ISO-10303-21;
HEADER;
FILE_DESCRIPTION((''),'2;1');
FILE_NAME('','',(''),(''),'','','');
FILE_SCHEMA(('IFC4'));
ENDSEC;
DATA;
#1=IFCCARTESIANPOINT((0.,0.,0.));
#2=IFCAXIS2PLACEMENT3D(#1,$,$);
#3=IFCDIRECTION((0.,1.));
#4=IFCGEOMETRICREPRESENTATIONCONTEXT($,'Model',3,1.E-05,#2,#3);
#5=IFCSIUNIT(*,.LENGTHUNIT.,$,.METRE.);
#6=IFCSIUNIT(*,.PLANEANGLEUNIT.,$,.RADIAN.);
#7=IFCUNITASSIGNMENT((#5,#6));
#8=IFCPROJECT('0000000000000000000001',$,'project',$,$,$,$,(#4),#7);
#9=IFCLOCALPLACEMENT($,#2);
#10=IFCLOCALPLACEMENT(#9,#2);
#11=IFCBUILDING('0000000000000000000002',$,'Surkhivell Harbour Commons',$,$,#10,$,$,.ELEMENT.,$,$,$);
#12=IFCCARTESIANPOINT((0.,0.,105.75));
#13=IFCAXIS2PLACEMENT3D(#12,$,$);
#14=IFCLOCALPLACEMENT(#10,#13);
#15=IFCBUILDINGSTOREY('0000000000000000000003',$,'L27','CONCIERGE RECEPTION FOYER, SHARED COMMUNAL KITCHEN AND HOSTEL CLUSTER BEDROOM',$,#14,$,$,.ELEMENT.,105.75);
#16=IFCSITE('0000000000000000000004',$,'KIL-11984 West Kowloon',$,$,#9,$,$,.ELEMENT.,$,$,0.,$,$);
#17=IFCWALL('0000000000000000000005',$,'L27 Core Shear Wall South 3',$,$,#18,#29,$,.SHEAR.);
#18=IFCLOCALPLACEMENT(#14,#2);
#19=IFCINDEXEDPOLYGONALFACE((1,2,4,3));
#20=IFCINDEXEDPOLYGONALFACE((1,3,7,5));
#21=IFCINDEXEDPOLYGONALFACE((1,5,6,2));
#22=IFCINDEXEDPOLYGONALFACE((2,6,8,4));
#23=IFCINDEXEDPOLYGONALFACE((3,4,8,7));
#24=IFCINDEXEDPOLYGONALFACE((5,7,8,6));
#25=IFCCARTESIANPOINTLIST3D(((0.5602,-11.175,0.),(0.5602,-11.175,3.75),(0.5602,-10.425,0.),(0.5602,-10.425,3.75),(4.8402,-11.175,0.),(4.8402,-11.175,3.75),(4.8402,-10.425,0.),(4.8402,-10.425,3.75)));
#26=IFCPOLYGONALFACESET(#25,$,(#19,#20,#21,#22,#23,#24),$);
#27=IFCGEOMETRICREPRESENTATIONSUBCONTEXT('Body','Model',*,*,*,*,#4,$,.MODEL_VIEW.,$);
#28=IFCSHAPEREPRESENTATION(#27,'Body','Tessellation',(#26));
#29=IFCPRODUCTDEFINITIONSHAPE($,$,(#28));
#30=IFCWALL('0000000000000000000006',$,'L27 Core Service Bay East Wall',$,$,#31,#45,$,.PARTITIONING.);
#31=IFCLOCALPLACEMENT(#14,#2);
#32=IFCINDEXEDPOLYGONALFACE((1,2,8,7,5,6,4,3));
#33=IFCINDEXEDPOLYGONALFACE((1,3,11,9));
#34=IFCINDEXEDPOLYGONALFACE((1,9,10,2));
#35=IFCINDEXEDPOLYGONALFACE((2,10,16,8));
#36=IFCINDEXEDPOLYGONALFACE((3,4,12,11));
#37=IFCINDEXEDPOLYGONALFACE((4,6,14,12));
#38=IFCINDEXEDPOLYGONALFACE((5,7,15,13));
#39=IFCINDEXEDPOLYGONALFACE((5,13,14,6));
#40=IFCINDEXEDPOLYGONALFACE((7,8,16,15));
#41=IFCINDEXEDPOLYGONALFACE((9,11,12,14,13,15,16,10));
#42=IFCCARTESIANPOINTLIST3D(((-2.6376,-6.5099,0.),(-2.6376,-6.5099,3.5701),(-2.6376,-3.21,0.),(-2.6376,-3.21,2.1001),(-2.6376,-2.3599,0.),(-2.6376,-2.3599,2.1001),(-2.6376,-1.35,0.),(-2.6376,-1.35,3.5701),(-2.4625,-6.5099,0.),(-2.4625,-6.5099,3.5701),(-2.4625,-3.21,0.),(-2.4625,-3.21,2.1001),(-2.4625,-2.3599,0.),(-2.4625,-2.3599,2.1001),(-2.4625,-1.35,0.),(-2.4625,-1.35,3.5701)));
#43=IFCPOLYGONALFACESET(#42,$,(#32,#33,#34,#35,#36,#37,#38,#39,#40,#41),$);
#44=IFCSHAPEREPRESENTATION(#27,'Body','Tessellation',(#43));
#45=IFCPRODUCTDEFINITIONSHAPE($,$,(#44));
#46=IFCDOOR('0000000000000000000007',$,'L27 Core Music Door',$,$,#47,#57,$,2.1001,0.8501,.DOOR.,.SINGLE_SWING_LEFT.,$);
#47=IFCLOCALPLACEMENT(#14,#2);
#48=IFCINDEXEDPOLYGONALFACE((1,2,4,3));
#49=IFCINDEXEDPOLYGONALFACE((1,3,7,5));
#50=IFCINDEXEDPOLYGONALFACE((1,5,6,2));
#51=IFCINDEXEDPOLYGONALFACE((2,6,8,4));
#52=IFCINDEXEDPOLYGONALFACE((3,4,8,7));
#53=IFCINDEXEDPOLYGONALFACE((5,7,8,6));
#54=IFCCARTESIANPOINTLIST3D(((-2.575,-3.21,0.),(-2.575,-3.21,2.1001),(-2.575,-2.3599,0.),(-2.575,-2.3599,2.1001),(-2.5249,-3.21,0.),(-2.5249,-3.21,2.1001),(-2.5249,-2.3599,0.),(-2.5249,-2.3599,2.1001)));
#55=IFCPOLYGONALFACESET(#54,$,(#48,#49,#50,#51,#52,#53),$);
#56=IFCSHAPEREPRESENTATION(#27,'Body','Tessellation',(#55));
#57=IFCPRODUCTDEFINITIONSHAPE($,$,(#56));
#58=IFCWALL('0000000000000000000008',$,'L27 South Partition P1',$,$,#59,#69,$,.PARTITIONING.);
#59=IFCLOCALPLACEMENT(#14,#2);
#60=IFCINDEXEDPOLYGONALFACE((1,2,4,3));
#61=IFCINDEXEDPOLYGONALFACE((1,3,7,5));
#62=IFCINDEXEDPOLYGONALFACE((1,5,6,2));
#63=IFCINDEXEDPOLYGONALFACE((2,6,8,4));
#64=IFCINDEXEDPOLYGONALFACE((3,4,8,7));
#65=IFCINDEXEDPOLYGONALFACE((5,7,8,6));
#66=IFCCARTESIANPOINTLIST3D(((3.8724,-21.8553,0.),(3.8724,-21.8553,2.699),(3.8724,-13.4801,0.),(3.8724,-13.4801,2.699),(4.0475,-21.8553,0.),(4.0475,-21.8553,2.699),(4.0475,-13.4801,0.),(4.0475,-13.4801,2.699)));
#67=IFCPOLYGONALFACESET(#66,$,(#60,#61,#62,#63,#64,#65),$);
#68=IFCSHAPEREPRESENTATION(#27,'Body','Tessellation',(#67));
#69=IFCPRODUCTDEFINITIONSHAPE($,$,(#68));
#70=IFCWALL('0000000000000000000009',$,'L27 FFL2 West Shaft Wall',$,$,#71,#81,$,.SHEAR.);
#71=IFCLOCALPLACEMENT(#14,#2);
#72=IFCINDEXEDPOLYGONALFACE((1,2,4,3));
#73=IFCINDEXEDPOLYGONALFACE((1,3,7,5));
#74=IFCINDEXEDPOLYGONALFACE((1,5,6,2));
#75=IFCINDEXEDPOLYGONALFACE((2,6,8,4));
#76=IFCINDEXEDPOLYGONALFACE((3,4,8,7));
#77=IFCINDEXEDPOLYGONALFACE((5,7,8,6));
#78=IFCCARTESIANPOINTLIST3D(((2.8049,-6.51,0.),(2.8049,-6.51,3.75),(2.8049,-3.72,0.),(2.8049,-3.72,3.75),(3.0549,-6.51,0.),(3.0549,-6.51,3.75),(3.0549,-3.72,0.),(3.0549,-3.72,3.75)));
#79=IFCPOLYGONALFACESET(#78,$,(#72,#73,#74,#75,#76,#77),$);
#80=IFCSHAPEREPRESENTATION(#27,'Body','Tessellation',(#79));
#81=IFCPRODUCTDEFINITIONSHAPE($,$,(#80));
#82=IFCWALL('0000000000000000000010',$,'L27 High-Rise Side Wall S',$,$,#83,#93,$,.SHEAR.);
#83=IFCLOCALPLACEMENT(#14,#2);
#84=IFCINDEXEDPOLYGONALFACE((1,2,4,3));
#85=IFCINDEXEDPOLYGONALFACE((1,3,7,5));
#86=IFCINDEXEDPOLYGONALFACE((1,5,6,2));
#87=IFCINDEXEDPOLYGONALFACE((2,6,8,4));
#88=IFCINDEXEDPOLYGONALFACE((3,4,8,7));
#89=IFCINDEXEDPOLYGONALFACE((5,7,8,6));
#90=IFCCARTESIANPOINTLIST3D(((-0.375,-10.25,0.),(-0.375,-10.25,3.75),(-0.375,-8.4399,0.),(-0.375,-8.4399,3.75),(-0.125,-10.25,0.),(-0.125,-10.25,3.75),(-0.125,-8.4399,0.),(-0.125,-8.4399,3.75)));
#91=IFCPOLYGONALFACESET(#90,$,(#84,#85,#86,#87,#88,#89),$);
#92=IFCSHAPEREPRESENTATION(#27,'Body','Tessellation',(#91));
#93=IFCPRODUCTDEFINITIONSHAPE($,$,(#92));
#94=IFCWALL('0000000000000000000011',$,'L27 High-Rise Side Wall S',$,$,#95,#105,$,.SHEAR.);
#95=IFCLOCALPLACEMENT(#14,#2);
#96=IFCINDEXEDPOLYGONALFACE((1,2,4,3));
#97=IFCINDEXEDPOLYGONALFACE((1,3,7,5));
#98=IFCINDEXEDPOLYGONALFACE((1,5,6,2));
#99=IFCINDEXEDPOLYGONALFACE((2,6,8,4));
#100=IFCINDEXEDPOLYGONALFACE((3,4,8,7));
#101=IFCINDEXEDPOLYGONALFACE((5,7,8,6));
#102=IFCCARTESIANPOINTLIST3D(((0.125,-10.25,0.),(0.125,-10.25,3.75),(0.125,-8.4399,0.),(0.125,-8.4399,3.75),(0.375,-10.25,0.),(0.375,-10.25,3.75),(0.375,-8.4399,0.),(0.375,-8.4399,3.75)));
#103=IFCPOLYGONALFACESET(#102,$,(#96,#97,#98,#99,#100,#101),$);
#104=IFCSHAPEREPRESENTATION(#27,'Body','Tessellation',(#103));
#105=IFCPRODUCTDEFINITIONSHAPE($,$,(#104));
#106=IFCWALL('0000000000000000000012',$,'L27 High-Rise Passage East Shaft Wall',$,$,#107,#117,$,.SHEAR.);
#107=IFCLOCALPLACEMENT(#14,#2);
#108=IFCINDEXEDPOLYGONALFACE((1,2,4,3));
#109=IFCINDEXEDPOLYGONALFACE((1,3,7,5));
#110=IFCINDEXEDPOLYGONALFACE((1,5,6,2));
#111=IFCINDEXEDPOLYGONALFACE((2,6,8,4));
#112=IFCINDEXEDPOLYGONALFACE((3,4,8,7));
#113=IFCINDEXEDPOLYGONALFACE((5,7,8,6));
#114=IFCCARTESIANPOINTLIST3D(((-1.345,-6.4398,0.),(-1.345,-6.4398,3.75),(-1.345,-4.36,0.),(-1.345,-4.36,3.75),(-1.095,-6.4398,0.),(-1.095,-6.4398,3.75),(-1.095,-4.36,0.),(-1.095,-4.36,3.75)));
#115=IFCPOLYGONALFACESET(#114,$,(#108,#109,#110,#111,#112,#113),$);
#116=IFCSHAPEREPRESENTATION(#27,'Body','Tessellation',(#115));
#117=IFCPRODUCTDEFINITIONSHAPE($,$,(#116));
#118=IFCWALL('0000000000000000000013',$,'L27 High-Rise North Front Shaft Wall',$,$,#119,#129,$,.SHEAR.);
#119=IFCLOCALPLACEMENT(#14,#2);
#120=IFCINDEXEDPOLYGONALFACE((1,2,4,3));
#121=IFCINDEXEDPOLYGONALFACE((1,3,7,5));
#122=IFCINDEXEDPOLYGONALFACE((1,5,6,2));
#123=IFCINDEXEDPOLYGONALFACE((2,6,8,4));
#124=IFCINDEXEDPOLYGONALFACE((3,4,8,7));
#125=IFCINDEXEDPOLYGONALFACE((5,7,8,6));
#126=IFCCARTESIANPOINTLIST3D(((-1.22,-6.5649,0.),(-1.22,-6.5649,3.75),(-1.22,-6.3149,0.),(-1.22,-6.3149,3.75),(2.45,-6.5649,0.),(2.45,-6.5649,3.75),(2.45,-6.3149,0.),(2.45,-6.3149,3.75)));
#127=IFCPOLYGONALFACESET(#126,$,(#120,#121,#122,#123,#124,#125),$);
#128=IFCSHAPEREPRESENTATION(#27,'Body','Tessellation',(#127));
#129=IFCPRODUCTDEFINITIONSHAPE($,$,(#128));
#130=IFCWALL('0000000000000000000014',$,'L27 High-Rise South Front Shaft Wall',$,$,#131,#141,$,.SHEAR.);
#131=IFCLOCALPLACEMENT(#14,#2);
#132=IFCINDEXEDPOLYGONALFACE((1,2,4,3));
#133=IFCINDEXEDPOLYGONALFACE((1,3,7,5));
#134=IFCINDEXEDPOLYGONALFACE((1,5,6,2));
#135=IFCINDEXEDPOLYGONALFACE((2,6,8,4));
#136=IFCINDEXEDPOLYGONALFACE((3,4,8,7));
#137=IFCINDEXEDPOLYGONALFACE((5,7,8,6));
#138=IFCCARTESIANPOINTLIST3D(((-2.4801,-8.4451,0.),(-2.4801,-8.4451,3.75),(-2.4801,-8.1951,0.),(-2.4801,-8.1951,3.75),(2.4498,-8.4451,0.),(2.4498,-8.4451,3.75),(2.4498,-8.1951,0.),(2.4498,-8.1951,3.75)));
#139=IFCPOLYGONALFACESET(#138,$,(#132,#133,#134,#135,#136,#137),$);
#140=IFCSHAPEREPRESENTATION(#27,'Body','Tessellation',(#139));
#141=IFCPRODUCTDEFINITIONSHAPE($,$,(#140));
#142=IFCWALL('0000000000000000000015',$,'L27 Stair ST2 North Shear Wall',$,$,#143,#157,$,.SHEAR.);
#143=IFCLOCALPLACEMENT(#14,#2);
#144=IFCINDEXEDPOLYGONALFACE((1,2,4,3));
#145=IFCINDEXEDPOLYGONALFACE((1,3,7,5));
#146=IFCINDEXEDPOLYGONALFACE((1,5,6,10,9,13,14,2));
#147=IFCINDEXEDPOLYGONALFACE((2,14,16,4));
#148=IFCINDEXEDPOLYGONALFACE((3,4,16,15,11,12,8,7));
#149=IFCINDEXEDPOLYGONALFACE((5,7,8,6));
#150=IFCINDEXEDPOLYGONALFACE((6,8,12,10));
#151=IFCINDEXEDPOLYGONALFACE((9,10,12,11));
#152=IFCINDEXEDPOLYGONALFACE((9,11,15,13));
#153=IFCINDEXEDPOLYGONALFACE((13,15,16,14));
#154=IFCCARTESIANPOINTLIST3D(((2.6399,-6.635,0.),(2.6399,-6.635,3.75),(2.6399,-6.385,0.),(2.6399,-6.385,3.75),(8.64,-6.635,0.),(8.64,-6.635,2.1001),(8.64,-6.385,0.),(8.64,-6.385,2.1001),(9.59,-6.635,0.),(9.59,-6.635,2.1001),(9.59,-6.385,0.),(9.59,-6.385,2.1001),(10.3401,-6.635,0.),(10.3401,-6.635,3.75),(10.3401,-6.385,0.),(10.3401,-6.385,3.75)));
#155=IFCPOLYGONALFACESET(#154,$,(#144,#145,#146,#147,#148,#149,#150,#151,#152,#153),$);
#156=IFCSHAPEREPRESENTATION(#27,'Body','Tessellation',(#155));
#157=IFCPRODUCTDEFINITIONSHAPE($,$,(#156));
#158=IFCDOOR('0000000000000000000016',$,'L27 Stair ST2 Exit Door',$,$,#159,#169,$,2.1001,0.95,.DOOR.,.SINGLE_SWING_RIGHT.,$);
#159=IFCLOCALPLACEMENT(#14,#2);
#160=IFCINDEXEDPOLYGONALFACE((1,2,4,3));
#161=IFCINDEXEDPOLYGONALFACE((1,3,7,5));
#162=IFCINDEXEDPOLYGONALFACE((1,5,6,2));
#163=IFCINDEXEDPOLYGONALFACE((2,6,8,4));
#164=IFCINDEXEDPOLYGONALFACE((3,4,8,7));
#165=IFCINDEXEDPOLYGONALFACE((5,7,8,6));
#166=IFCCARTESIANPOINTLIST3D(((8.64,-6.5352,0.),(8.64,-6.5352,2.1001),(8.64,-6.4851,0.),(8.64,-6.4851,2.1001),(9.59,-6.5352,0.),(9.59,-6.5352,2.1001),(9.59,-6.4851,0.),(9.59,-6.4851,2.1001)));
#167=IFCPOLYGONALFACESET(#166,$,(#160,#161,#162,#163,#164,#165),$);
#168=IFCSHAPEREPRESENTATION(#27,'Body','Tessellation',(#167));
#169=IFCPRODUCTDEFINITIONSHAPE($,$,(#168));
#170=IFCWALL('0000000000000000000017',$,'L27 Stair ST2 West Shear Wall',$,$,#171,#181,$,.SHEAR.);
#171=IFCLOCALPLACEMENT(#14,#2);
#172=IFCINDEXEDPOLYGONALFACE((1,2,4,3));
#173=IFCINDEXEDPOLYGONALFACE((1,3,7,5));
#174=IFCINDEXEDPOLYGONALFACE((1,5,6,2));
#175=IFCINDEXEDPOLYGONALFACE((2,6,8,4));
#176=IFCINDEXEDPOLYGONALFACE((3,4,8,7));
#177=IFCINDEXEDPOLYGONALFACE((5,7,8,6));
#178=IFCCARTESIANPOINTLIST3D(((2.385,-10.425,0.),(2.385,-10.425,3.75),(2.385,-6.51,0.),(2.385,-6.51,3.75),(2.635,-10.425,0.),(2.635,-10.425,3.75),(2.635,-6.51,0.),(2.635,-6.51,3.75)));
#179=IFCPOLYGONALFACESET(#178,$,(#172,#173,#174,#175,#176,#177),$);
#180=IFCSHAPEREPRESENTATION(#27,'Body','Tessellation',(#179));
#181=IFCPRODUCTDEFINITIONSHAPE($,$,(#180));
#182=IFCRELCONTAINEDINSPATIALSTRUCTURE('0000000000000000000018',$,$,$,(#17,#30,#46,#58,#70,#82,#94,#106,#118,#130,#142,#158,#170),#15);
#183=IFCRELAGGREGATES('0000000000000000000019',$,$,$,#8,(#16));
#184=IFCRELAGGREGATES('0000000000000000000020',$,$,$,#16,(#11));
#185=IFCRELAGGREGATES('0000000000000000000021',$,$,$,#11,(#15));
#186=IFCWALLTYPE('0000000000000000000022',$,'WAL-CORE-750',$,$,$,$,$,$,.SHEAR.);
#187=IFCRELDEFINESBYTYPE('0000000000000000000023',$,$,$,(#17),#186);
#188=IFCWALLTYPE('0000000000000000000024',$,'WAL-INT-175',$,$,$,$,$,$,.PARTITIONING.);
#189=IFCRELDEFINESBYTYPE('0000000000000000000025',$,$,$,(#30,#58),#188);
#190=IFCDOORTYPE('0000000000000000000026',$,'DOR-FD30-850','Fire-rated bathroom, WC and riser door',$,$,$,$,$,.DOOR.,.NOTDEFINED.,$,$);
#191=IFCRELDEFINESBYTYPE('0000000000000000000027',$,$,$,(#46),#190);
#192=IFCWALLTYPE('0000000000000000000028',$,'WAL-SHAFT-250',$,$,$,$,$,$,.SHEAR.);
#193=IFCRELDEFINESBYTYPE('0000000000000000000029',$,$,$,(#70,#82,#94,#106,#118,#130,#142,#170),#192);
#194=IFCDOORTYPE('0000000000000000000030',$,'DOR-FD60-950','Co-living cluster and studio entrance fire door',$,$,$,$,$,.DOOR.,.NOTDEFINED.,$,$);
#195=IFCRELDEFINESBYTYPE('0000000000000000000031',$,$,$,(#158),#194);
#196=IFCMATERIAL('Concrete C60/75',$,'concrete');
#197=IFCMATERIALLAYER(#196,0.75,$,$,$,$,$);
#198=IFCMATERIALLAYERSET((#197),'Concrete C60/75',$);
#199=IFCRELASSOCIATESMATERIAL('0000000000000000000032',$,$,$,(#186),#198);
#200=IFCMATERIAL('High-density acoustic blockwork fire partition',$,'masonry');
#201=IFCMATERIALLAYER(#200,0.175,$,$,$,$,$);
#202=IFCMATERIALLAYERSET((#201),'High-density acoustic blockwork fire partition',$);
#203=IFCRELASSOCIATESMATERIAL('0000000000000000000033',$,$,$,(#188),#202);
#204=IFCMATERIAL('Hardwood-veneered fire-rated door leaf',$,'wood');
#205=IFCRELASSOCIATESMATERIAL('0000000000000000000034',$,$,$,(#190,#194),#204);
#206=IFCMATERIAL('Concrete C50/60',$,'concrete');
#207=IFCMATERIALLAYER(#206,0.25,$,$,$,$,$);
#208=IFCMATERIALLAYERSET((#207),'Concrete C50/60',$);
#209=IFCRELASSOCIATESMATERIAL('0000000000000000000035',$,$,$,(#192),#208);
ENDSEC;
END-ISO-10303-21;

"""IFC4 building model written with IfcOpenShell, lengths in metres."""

from ifc_helpers import new_model, si_unit, direction, frame, frame_2d, origin, place, context, subcontext, project, spatial, rectangle, extrude, material, layer, layer_set, type_object, element, fill, save


model = new_model("IFC4")

# Units and contexts
model_context = context("Model", 3, precision=1e-05, world=origin(), true_north=direction((0.0, 1.0)))
body_context = subcontext(model_context, "Body", "Model", "MODEL_VIEW")
ifc_project = project(units=[si_unit("LENGTHUNIT", "METRE"), si_unit("PLANEANGLEUNIT", "RADIAN")], contexts=[model_context])

# Site, building, storey
site_placement = place(None, origin())
site = spatial("IfcSite", under=ifc_project, at=site_placement, Name="KIL-11984 West Kowloon", CompositionType="ELEMENT", RefElevation=0.0)
building_placement = place(site_placement, origin())
building = spatial("IfcBuilding", under=site, at=building_placement, Name="Surkhivell Harbour Commons", CompositionType="ELEMENT")
storey_placement = place(building_placement, frame((0.0, 0.0, 105.75)))
storey = spatial("IfcBuildingStorey", under=building, at=storey_placement, Name="L27", Description="CONCIERGE RECEPTION FOYER, SHARED COMMUNAL KITCHEN AND HOSTEL CLUSTER BEDROOM", CompositionType="ELEMENT", Elevation=105.75)

# Shared definitions
ifc_material_1 = material(Name="Concrete C60/75", Category="concrete")

# Wall
ifc_layer_1 = layer(ifc_material_1, 0.75)
ifc_layer_set_1 = layer_set([ifc_layer_1], Name="Concrete C60/75")
wall_type_1 = type_object("IfcWallType", Name="WAL-CORE-750", PredefinedType="SHEAR", material=ifc_layer_set_1)
wall_1_placement = place(storey_placement, frame((0.5601, -10.8, 0.0), z_axis=(0.0, 0.0, 1.0), x_axis=(1.0, 0.0, 0.0)))
element("IfcWall", 1, at=wall_1_placement, inside=storey, type_object=wall_type_1, Name="L27 Core Shear Wall South 3", PredefinedType="SHEAR", context=body_context, shape_type="SweptSolid", body=[
    extrude(rectangle(XDim=4.28, YDim=0.75, at=frame_2d((2.1401, 0.0))), origin(), (0.0, 0.0, 1.0), 3.75),
])

# Wall, opening, door
ifc_material_2 = material(Name="High-density acoustic blockwork fire partition", Category="masonry")
ifc_layer_2 = layer(ifc_material_2, 0.175)
ifc_layer_set_2 = layer_set([ifc_layer_2], Name="High-density acoustic blockwork fire partition")
wall_type_2 = type_object("IfcWallType", Name="WAL-INT-175", PredefinedType="PARTITIONING", material=ifc_layer_set_2)
wall_2_placement = place(storey_placement, frame((-2.55, -6.51, 0.0), z_axis=(0.0, 0.0, 1.0), x_axis=(0.0, 1.0, 0.0)))
wall_2 = element("IfcWall", 2, at=wall_2_placement, inside=storey, type_object=wall_type_2, Name="L27 Core Service Bay East Wall", PredefinedType="PARTITIONING", context=body_context, shape_type="SweptSolid", body=[
    extrude(rectangle(XDim=5.1599, YDim=0.175, at=frame_2d((2.5801, 0.0))), origin(), (0.0, 0.0, 1.0), 3.5701),
])
opening_1_placement = place(wall_2_placement, frame((3.3, 0.0, 0.0)))
opening_1 = element("IfcOpeningElement", 3, at=opening_1_placement, cuts=wall_2, PredefinedType="OPENING", context=body_context, shape_type="SweptSolid", body=[
    extrude(rectangle(XDim=0.8501, YDim=2.1001, at=frame_2d((0.425, 1.05))), frame((0.0, 0.0974, 0.0), z_axis=(0.0, -1.0, 0.0), x_axis=(1.0, 0.0, 0.0)), (0.0, 0.0, 1.0), 0.1951),
])
ifc_material_3 = material(Name="Hardwood-veneered fire-rated door leaf", Category="wood")
door_type_1 = type_object("IfcDoorType", Name="DOR-FD30-850", Description="Fire-rated bathroom, WC and riser door", OperationType="NOTDEFINED", PredefinedType="DOOR", material=ifc_material_3)
door_1_placement = place(opening_1_placement, origin())
door_1 = element("IfcDoor", 4, at=door_1_placement, inside=storey, type_object=door_type_1, Name="L27 Core Music Door", OperationType="SINGLE_SWING_LEFT", OverallHeight=2.1001, OverallWidth=0.8501, PredefinedType="DOOR", context=body_context, shape_type="SweptSolid", body=[
    extrude(rectangle(XDim=0.8501, YDim=2.1001, at=frame_2d((0.425, 1.05))), frame((0.0, 0.0249, 0.0), z_axis=(0.0, -1.0, 0.0), x_axis=(1.0, 0.0, 0.0)), (0.0, 0.0, 1.0), 0.05),
])
fill(opening_1, door_1)

# Walls
wall_3_placement = place(storey_placement, frame((3.96, -21.8552, 0.0), z_axis=(0.0, 0.0, 1.0), x_axis=(0.0, 1.0, 0.0)))
element("IfcWall", 5, at=wall_3_placement, inside=storey, type_object=wall_type_2, Name="L27 South Partition P1", PredefinedType="PARTITIONING", context=body_context, shape_type="SweptSolid", body=[
    extrude(rectangle(XDim=8.3752, YDim=0.175, at=frame_2d((4.1875, 0.0))), origin(), (0.0, 0.0, 1.0), 2.699),
])
ifc_material_4 = material(Name="Concrete C50/60", Category="concrete")
ifc_layer_3 = layer(ifc_material_4, 0.25)
ifc_layer_set_3 = layer_set([ifc_layer_3], Name="Concrete C50/60")
wall_type_3 = type_object("IfcWallType", Name="WAL-SHAFT-250", PredefinedType="SHEAR", material=ifc_layer_set_3)
wall_4_placement = place(storey_placement, frame((2.9299, -6.51, 0.0), z_axis=(0.0, 0.0, 1.0), x_axis=(0.0, 1.0, 0.0)))
element("IfcWall", 6, at=wall_4_placement, inside=storey, type_object=wall_type_3, Name="L27 FFL2 West Shaft Wall", PredefinedType="SHEAR", context=body_context, shape_type="SweptSolid", body=[
    extrude(rectangle(XDim=2.79, YDim=0.25, at=frame_2d((1.395, 0.0))), origin(), (0.0, 0.0, 1.0), 3.75),
])
for number, where, z_axis, x_axis, name in (
    (7, (-0.25, -10.25, 0.0), (0.0, 0.0, 1.0), (0.0, 1.0, 0.0), "L27 High-Rise Side Wall S"),
    (8, (0.25, -10.25, 0.0), (0.0, 0.0, 1.0), (0.0, 1.0, 0.0), "L27 High-Rise Side Wall S"),
):
    element("IfcWall", number, at=place(storey_placement, frame(where, z_axis=z_axis, x_axis=x_axis)), inside=storey, type_object=wall_type_3, Name=name, PredefinedType="SHEAR", context=body_context, shape_type="SweptSolid", body=[
        extrude(rectangle(XDim=1.8101, YDim=0.25, at=frame_2d((0.905, 0.0))), origin(), (0.0, 0.0, 1.0), 3.75),
    ])
wall_5_placement = place(storey_placement, frame((-1.22, -6.4399, 0.0), z_axis=(0.0, 0.0, 1.0), x_axis=(0.0, 1.0, 0.0)))
element("IfcWall", 9, at=wall_5_placement, inside=storey, type_object=wall_type_3, Name="L27 High-Rise Passage East Shaft Wall", PredefinedType="SHEAR", context=body_context, shape_type="SweptSolid", body=[
    extrude(rectangle(XDim=2.0798, YDim=0.25, at=frame_2d((1.04, 0.0))), origin(), (0.0, 0.0, 1.0), 3.75),
])
wall_6_placement = place(storey_placement, frame((-1.22, -6.4399, 0.0), z_axis=(0.0, 0.0, 1.0), x_axis=(1.0, 0.0, 0.0)))
element("IfcWall", 10, at=wall_6_placement, inside=storey, type_object=wall_type_3, Name="L27 High-Rise North Front Shaft Wall", PredefinedType="SHEAR", context=body_context, shape_type="SweptSolid", body=[
    extrude(rectangle(XDim=3.6699, YDim=0.25, at=frame_2d((1.835, 0.0))), origin(), (0.0, 0.0, 1.0), 3.75),
])
wall_7_placement = place(storey_placement, frame((-2.48, -8.3201, 0.0), z_axis=(0.0, 0.0, 1.0), x_axis=(1.0, 0.0, 0.0)))
element("IfcWall", 11, at=wall_7_placement, inside=storey, type_object=wall_type_3, Name="L27 High-Rise South Front Shaft Wall", PredefinedType="SHEAR", context=body_context, shape_type="SweptSolid", body=[
    extrude(rectangle(XDim=4.9299, YDim=0.25, at=frame_2d((2.4648, 0.0))), origin(), (0.0, 0.0, 1.0), 3.75),
])

# Wall, opening, door
wall_8_placement = place(storey_placement, frame((2.6399, -6.51, 0.0), z_axis=(0.0, 0.0, 1.0), x_axis=(1.0, 0.0, 0.0)))
wall_8 = element("IfcWall", 12, at=wall_8_placement, inside=storey, type_object=wall_type_3, Name="L27 Stair ST2 North Shear Wall", PredefinedType="SHEAR", context=body_context, shape_type="SweptSolid", body=[
    extrude(rectangle(XDim=7.7002, YDim=0.25, at=frame_2d((3.8501, 0.0))), origin(), (0.0, 0.0, 1.0), 3.75),
])
opening_2_placement = place(wall_8_placement, frame((6.0, 0.0, 0.0)))
opening_2 = element("IfcOpeningElement", 13, at=opening_2_placement, cuts=wall_8, PredefinedType="OPENING", context=body_context, shape_type="SweptSolid", body=[
    extrude(rectangle(XDim=0.95, YDim=2.1001, at=frame_2d((0.4751, 1.05))), frame((0.0, 0.135, 0.0), z_axis=(0.0, -1.0, 0.0), x_axis=(1.0, 0.0, 0.0)), (0.0, 0.0, 1.0), 0.27),
])
door_type_2 = type_object("IfcDoorType", Name="DOR-FD60-950", Description="Co-living cluster and studio entrance fire door", OperationType="NOTDEFINED", PredefinedType="DOOR", material=ifc_material_3)
door_2_placement = place(opening_2_placement, origin())
door_2 = element("IfcDoor", 14, at=door_2_placement, inside=storey, type_object=door_type_2, Name="L27 Stair ST2 Exit Door", OperationType="SINGLE_SWING_RIGHT", OverallHeight=2.1001, OverallWidth=0.95, PredefinedType="DOOR", context=body_context, shape_type="SweptSolid", body=[
    extrude(rectangle(XDim=0.95, YDim=2.1001, at=frame_2d((0.4751, 1.05))), frame((0.0, 0.0249, 0.0), z_axis=(0.0, -1.0, 0.0), x_axis=(1.0, 0.0, 0.0)), (0.0, 0.0, 1.0), 0.05),
])
fill(opening_2, door_2)

# Wall
for number, where, z_axis, x_axis, name in (
    (15, (2.51, -10.425, 0.0), (0.0, 0.0, 1.0), (0.0, 1.0, 0.0), "L27 Stair ST2 West Shear Wall"),
):
    element("IfcWall", number, at=place(storey_placement, frame(where, z_axis=z_axis, x_axis=x_axis)), inside=storey, type_object=wall_type_3, Name=name, PredefinedType="SHEAR", context=body_context, shape_type="SweptSolid", body=[
        extrude(rectangle(XDim=3.915, YDim=0.25, at=frame_2d((1.9575, 0.0))), origin(), (0.0, 0.0, 1.0), 3.75),
    ])

save(model, "model.ifc")
